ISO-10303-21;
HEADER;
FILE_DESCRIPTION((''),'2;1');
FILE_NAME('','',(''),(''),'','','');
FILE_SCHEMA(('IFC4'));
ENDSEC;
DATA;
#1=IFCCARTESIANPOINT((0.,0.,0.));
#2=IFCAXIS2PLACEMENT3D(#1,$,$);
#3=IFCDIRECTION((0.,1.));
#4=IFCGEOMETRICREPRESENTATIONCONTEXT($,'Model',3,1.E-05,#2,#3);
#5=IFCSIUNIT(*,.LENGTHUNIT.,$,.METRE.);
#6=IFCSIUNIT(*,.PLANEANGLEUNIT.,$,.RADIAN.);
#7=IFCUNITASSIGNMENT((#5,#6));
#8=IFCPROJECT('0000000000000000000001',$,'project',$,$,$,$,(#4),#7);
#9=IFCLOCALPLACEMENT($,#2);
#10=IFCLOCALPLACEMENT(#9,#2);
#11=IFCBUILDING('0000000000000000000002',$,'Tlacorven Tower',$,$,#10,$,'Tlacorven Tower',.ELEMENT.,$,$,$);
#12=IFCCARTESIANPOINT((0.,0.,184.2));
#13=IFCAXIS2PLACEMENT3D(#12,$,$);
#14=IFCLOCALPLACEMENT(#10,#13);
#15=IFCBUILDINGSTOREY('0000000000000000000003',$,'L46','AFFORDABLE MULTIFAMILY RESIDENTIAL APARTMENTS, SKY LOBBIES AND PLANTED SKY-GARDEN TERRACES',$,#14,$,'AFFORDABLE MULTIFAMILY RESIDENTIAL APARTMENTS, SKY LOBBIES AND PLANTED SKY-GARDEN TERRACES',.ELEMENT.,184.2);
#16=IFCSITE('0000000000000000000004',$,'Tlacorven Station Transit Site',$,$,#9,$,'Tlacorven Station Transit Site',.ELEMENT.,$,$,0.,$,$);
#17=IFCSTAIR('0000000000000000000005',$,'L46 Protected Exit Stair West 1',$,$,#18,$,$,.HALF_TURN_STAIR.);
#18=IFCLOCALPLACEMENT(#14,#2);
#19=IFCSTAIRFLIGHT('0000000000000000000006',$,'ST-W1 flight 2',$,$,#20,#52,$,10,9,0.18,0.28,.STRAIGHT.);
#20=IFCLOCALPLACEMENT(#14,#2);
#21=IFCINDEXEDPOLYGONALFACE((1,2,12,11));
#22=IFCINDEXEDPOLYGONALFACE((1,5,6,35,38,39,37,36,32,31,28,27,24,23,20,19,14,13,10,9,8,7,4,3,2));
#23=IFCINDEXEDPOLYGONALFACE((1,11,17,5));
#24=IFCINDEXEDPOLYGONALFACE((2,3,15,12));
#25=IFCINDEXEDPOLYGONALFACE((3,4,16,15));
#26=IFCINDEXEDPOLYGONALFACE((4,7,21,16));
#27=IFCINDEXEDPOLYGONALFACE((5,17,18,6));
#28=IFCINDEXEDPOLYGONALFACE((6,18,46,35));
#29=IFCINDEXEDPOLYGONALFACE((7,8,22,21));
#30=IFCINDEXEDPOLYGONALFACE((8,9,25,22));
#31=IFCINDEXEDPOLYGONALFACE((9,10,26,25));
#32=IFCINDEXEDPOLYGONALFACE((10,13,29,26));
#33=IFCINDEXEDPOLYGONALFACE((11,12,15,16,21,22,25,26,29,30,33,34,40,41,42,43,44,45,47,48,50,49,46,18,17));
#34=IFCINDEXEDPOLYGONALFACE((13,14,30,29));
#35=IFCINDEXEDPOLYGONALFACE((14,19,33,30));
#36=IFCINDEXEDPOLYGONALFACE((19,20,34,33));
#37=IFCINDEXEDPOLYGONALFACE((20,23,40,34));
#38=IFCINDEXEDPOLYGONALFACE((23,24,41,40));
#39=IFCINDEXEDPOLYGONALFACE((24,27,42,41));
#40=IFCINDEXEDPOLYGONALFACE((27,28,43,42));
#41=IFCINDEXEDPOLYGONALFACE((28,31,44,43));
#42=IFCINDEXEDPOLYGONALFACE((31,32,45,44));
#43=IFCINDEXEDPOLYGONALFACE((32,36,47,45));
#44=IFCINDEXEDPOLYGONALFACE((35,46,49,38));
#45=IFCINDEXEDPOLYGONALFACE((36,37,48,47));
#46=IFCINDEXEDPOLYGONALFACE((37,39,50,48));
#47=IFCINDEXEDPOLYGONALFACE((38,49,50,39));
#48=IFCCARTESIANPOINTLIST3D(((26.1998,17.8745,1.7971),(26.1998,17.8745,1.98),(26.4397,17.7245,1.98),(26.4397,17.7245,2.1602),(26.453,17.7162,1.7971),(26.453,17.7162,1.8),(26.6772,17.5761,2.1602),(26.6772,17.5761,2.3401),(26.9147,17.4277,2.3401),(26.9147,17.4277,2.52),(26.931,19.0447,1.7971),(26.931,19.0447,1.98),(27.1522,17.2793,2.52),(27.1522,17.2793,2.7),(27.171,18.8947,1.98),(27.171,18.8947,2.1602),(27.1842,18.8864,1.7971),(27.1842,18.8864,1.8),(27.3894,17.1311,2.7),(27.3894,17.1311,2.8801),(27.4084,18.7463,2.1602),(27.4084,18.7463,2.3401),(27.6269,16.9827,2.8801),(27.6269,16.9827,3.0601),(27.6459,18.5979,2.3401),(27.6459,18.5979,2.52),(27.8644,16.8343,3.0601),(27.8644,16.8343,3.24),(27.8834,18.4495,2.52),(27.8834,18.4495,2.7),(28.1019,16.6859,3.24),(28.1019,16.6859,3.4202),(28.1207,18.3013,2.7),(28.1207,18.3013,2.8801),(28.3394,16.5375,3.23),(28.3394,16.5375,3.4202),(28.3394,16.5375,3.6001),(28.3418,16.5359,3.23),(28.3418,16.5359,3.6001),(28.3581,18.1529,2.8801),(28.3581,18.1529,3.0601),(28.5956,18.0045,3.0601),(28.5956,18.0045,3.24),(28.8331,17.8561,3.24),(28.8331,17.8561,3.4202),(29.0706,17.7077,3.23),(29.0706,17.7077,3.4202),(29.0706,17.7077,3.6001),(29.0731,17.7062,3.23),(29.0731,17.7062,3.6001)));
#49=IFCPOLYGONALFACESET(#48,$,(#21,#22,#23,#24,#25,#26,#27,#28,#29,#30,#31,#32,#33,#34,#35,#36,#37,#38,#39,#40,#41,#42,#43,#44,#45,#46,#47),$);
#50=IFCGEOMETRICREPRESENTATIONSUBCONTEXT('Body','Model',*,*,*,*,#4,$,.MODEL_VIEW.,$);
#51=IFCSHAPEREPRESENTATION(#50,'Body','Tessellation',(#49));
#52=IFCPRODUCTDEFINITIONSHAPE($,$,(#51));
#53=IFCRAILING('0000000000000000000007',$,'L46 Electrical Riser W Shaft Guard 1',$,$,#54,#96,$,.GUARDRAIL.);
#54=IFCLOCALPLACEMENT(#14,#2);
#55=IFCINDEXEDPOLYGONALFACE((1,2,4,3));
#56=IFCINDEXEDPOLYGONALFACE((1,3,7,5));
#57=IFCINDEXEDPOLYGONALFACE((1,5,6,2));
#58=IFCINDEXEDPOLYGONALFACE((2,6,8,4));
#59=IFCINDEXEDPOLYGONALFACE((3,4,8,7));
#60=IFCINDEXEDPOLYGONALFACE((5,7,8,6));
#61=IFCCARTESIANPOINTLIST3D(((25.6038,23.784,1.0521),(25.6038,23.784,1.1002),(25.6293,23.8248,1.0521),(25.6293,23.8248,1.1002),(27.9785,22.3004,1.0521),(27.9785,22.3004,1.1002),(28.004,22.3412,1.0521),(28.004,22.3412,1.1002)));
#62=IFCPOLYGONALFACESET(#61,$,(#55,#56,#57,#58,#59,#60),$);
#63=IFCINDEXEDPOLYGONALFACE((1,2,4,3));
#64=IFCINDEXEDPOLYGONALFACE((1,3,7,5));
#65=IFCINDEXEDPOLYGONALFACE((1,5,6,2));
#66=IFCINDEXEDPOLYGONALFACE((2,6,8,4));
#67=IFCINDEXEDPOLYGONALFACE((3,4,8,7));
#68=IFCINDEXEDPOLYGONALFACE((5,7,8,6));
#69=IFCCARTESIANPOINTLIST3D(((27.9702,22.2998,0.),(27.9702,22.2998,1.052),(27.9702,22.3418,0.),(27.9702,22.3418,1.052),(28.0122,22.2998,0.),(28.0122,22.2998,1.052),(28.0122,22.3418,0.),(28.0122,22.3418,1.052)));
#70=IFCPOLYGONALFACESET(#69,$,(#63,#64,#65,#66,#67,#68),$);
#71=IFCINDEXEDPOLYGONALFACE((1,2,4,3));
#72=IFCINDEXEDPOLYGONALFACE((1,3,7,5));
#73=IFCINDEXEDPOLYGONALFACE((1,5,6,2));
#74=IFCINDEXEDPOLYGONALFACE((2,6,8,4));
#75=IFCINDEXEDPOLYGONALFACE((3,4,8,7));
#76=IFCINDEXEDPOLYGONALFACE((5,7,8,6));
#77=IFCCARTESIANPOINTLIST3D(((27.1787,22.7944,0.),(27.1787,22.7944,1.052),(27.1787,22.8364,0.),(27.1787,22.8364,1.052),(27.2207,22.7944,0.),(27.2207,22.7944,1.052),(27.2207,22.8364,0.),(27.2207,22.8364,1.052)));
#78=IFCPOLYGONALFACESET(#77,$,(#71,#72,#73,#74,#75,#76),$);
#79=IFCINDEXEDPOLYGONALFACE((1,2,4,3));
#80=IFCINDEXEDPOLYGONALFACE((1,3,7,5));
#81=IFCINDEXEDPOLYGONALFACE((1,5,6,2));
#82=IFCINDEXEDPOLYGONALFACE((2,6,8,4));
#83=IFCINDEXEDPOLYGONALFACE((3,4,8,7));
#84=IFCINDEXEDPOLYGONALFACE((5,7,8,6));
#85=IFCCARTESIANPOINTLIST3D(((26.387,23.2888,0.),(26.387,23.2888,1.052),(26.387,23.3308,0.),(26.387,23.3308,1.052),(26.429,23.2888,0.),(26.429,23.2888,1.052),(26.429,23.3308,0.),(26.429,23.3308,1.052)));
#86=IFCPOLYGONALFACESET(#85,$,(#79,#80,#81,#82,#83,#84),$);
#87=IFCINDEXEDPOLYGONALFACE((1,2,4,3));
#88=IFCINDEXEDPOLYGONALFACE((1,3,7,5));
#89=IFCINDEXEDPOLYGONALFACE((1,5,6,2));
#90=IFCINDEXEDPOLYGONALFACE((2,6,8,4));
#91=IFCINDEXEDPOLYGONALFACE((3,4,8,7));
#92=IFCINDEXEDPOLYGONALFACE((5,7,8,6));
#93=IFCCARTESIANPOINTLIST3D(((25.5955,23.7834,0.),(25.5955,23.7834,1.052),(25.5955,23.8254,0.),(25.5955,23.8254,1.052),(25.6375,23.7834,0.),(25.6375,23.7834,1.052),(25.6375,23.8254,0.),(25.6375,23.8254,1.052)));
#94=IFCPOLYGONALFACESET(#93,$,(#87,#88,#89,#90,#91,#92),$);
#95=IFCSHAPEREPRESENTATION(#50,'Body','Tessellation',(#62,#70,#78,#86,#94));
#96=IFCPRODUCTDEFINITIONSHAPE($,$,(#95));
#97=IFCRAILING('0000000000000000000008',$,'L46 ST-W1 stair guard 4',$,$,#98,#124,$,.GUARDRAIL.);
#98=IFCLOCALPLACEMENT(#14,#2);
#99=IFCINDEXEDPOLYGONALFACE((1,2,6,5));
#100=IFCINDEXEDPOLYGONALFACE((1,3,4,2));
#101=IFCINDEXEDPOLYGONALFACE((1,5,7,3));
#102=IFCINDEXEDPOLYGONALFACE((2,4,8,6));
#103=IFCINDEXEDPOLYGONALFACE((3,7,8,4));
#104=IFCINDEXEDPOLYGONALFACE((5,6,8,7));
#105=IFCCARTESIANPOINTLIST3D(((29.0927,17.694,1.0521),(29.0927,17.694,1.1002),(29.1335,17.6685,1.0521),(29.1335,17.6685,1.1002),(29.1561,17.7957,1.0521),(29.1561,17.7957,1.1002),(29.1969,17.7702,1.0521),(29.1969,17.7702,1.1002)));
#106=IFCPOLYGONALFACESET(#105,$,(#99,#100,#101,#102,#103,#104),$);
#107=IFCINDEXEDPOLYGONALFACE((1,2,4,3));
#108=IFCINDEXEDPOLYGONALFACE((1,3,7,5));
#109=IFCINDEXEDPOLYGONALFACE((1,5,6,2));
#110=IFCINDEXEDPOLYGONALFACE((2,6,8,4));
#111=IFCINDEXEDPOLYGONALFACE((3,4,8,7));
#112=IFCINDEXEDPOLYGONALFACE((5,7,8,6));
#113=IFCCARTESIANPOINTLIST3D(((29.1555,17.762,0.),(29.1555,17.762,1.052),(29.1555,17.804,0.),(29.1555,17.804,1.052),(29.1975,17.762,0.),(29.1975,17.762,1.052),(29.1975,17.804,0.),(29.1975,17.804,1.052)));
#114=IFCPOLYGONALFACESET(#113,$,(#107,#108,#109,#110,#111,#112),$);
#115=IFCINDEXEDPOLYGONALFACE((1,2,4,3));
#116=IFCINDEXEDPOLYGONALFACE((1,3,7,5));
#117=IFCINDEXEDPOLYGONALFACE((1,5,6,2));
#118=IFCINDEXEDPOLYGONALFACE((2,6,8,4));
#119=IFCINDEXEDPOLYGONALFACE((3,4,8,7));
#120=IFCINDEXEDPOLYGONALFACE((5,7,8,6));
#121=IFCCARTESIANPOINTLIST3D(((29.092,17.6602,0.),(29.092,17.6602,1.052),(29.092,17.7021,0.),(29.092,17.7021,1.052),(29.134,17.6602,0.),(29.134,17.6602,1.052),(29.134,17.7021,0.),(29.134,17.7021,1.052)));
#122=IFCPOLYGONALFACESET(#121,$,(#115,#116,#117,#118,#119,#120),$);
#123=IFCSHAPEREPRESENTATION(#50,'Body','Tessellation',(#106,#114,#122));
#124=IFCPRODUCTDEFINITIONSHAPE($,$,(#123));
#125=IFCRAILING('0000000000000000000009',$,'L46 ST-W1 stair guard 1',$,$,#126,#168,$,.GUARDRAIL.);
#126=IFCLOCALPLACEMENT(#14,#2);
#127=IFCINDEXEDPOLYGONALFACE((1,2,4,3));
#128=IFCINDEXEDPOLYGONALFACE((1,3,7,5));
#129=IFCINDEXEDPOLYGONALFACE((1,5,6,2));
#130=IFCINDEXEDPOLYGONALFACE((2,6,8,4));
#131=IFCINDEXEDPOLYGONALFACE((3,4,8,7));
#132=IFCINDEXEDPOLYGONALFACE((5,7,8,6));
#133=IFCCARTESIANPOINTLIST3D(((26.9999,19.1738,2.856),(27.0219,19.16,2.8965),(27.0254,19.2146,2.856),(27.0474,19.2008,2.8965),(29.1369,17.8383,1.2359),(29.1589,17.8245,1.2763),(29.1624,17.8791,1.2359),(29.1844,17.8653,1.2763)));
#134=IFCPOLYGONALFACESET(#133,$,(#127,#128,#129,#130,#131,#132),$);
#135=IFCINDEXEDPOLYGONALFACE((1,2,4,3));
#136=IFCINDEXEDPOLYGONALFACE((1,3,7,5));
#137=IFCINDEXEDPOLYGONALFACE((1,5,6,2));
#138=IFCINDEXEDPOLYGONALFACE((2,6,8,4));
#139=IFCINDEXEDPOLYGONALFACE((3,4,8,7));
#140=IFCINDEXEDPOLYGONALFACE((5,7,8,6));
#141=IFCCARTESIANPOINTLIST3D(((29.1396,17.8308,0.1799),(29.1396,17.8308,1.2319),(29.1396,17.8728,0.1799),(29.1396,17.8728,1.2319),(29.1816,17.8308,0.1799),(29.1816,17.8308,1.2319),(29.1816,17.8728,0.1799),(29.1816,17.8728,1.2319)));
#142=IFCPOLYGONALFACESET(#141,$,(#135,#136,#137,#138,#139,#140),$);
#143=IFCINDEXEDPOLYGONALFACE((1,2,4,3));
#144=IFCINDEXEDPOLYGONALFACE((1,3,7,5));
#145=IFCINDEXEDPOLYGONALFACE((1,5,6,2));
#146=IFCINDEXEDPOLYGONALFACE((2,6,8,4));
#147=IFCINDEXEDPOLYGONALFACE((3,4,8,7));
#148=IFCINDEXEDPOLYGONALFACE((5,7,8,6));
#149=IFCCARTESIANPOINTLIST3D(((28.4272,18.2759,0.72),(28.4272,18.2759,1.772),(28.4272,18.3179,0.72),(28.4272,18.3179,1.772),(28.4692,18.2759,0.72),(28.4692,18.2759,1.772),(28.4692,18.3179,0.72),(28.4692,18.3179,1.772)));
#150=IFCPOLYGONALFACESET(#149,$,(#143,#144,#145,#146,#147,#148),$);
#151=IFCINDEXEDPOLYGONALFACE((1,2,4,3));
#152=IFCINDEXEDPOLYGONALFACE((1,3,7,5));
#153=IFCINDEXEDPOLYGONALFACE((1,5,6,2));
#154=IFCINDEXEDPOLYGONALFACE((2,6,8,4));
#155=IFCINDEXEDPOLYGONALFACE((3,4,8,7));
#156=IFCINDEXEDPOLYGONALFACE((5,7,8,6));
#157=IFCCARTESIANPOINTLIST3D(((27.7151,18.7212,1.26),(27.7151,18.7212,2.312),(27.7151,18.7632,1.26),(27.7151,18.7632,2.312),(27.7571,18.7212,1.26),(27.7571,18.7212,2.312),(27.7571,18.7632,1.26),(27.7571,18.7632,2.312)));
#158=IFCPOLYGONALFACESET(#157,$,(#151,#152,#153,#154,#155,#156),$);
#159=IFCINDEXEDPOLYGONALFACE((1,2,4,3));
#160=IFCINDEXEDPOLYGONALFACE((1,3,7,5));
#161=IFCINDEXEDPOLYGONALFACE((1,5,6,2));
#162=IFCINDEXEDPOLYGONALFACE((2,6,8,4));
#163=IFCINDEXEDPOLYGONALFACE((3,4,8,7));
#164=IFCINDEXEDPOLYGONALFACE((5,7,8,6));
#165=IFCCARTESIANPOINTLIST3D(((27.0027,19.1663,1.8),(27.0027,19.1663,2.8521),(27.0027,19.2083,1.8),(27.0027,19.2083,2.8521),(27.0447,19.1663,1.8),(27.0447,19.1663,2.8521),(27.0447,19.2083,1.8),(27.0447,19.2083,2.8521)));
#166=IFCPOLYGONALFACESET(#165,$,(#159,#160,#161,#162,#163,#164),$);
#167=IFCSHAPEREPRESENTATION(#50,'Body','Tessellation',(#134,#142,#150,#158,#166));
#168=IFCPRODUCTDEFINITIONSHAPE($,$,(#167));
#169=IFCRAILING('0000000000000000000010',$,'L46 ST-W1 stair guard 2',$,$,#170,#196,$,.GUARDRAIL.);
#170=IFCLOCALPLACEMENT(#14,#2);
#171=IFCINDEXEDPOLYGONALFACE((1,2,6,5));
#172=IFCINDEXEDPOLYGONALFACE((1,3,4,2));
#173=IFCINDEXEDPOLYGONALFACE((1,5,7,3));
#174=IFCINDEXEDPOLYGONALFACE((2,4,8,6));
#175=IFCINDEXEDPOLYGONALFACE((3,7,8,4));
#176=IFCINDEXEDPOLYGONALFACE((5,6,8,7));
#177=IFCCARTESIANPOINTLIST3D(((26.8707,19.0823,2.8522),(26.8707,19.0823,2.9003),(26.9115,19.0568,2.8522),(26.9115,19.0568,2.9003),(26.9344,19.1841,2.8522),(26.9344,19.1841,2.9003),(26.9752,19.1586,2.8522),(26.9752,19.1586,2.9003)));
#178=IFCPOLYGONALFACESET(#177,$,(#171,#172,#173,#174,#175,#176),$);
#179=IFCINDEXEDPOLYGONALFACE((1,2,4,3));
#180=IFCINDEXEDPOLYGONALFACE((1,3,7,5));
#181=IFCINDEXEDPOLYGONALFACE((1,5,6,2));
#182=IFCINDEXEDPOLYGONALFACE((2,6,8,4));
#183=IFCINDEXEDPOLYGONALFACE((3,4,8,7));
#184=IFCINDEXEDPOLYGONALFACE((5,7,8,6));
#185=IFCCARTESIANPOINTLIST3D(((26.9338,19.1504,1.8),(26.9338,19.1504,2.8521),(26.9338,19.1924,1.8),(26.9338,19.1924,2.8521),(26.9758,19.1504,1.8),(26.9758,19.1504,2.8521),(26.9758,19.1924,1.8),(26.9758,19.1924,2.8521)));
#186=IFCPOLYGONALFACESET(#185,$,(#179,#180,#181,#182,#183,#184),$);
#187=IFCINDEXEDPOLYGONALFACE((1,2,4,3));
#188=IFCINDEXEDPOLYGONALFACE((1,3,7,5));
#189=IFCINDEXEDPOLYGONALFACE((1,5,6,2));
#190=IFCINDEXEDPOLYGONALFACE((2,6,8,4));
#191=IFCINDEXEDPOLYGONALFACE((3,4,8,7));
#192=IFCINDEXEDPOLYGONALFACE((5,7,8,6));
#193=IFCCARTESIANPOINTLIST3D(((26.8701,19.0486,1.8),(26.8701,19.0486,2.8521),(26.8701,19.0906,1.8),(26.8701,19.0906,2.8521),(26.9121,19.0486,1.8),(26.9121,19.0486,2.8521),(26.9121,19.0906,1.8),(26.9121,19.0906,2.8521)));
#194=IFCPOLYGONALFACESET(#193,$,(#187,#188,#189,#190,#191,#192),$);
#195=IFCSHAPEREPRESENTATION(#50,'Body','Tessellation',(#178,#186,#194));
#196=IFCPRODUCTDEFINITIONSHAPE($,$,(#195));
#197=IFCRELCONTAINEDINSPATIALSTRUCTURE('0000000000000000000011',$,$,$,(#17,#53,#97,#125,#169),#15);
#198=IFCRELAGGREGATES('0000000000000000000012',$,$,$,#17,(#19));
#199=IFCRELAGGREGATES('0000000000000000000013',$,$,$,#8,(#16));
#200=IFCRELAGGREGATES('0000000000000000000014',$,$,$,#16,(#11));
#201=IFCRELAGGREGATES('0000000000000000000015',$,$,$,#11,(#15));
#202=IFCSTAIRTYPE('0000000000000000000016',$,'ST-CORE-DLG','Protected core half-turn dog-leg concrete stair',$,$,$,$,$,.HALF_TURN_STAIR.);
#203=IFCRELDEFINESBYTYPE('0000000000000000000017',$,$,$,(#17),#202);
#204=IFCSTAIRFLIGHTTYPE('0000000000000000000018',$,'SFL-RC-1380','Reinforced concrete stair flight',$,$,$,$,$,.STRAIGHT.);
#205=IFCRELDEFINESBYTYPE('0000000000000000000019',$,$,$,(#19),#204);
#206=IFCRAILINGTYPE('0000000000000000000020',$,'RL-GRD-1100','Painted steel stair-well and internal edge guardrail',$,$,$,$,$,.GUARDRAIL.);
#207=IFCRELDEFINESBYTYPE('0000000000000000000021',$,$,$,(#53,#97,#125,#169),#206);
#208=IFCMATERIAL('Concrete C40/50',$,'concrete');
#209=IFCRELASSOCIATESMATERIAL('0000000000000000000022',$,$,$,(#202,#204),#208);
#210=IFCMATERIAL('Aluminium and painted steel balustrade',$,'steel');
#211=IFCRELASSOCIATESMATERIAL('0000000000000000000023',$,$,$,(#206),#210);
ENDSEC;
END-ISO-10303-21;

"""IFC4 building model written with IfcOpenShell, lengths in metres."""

from ifc_helpers import new_model, si_unit, direction, frame, origin, origin_2d, place, context, subcontext, project, spatial, polyline, rectangle, outline, extrude, source, transform, mapped, material, type_object, element, aggregate, save


model = new_model("IFC4")

# Units and contexts
model_context = context("Model", 3, precision=1e-05, world=origin(), true_north=direction((0.0, 1.0)))
body_context = subcontext(model_context, "Body", "Model", "MODEL_VIEW")
ifc_project = project(units=[si_unit("LENGTHUNIT", "METRE"), si_unit("PLANEANGLEUNIT", "RADIAN")], contexts=[model_context])

# Site, building, storey
site_placement = place(None, origin())
site = spatial("IfcSite", under=ifc_project, at=site_placement, Name="Tlacorven Station Transit Site", LongName="Tlacorven Station Transit Site", CompositionType="ELEMENT", RefElevation=0.0)
building_placement = place(site_placement, origin())
building = spatial("IfcBuilding", under=site, at=building_placement, Name="Tlacorven Tower", LongName="Tlacorven Tower", CompositionType="ELEMENT")
storey_placement = place(building_placement, frame((0.0, 0.0, 184.2)))
storey = spatial("IfcBuildingStorey", under=building, at=storey_placement, Name="L46", Description="AFFORDABLE MULTIFAMILY RESIDENTIAL APARTMENTS, SKY LOBBIES AND PLANTED SKY-GARDEN TERRACES", LongName="AFFORDABLE MULTIFAMILY RESIDENTIAL APARTMENTS, SKY LOBBIES AND PLANTED SKY-GARDEN TERRACES", CompositionType="ELEMENT", Elevation=184.2)

# Shared definitions
ifc_material_1 = material(Name="Concrete C40/50", Category="concrete")

# Stair, stair flight
stair_type = type_object("IfcStairType", Name="ST-CORE-DLG", Description="Protected core half-turn dog-leg concrete stair", PredefinedType="HALF_TURN_STAIR", material=ifc_material_1)
stair_placement = place(storey_placement, origin())
stair = element("IfcStair", 1, at=stair_placement, inside=storey, type_object=stair_type, Name="L46 Protected Exit Stair West 1", PredefinedType="HALF_TURN_STAIR")
stair_flight_type = type_object("IfcStairFlightType", Name="SFL-RC-1380", Description="Reinforced concrete stair flight", PredefinedType="STRAIGHT", material=ifc_material_1)
shared_shape_1 = source(origin(), body_context, "Body", "SweptSolid", [
    extrude(outline(polyline([(-0.0029, -0.0029), (-0.0029, 0.1799), (0.28, 0.1799), (0.28, 0.3601), (0.5601, 0.3601), (0.5601, 0.54), (0.8401, 0.54), (0.8401, 0.72), (1.1201, 0.72), (1.1201, 0.8999), (1.3999, 0.8999), (1.3999, 1.0801), (1.6799, 1.0801), (1.6799, 1.26), (1.96, 1.26), (1.96, 1.4399), (2.24, 1.4399), (2.24, 1.6201), (2.52, 1.6201), (2.52, 1.8), (2.5229, 1.8), (2.5229, 1.4299), (2.52, 1.4299), (0.2957, 0.0), (0.2957, -0.0029), (-0.0029, -0.0029)])), frame((0.0, 0.6899, 0.0), z_axis=(0.0, -1.0, 0.0), x_axis=(1.0, 0.0, 0.0)), (0.0, 0.0, 1.0), 1.3799),
])
stair_flight_1_placement = place(storey_placement, frame((26.5679, 18.458, 1.8), z_axis=(0.0, 0.0, 1.0), x_axis=(0.848048, -0.529919, 0.0)))
stair_flight_1 = element("IfcStairFlight", 2, at=stair_flight_1_placement, type_object=stair_flight_type, Name="ST-W1 flight 2", NumberOfRisers=10, NumberOfTreads=9, PredefinedType="STRAIGHT", RiserHeight=0.18, TreadLength=0.28, context=body_context, shape_type="MappedRepresentation", body=[
    mapped(shared_shape_1, transform((0.0, 0.0, 0.0), scale=1.0)),
])
aggregate(stair, [stair_flight_1])

# Railings
ifc_material_2 = material(Name="Aluminium and painted steel balustrade", Category="steel")
railing_type_1 = type_object("IfcRailingType", Name="RL-GRD-1100", Description="Painted steel stair-well and internal edge guardrail", PredefinedType="GUARDRAIL", material=ifc_material_2)
shared_shape_2 = source(origin(), body_context, "Body", "SweptSolid", [
    extrude(rectangle(XDim=0.0481, YDim=0.0481, at=origin_2d()), frame((0.0, 0.0, 1.0762), z_axis=(-0.848091, 0.52985, 0.0), x_axis=(-0.52985, -0.848091, 0.0)), (0.0, 0.0, 1.0), 2.8),
    extrude(rectangle(XDim=0.042, YDim=0.042, at=origin_2d()), origin(), (0.0, 0.0, 1.0), 1.052),
    extrude(rectangle(XDim=0.042, YDim=0.042, at=origin_2d()), frame((-0.7915, 0.4946, 0.0)), (0.0, 0.0, 1.0), 1.052),
    extrude(rectangle(XDim=0.042, YDim=0.042, at=origin_2d()), frame((-1.5833, 0.989, 0.0)), (0.0, 0.0, 1.0), 1.052),
    extrude(rectangle(XDim=0.042, YDim=0.042, at=origin_2d()), frame((-2.3748, 1.4836, 0.0)), (0.0, 0.0, 1.0), 1.052),
])
railing_1_placement = place(storey_placement, frame((27.9912, 22.3208, 0.0)))
element("IfcRailing", 3, at=railing_1_placement, inside=storey, type_object=railing_type_1, Name="L46 Electrical Riser W Shaft Guard 1", PredefinedType="GUARDRAIL", context=body_context, shape_type="MappedRepresentation", body=[
    mapped(shared_shape_2, transform((0.0, 0.0, 0.0), scale=1.0)),
])
shared_shape_3 = source(origin(), body_context, "Body", "SweptSolid", [
    extrude(rectangle(XDim=0.0481, YDim=0.0481, at=origin_2d()), frame((0.0, 0.0, 1.0762), z_axis=(-0.529084, -0.848569, 0.0), x_axis=(0.848569, -0.529084, 0.0)), (0.0, 0.0, 1.0), 0.1199),
    extrude(rectangle(XDim=0.042, YDim=0.042, at=origin_2d()), origin(), (0.0, 0.0, 1.0), 1.052),
    extrude(rectangle(XDim=0.042, YDim=0.042, at=origin_2d()), frame((-0.0635, -0.1018, 0.0)), (0.0, 0.0, 1.0), 1.052),
])
railing_2_placement = place(storey_placement, frame((29.1765, 17.783, 0.0)))
element("IfcRailing", 4, at=railing_2_placement, inside=storey, type_object=railing_type_1, Name="L46 ST-W1 stair guard 4", PredefinedType="GUARDRAIL", context=body_context, shape_type="MappedRepresentation", body=[
    mapped(shared_shape_3, transform((0.0, 0.0, 0.0), scale=1.0)),
])
shared_shape_4 = source(origin(), body_context, "Body", "SweptSolid", [
    extrude(rectangle(XDim=0.0481, YDim=0.0481, at=origin_2d()), frame((0.0, 0.0, 1.0762), z_axis=(-0.71332, 0.445774, 0.540796), x_axis=(-0.529955, -0.848026, 0.0)), (0.0, 0.0, 1.0), 2.9958),
    extrude(rectangle(XDim=0.042, YDim=0.042, at=origin_2d()), origin(), (0.0, 0.0, 1.0), 1.052),
    extrude(rectangle(XDim=0.042, YDim=0.042, at=origin_2d()), frame((-0.7124, 0.4451, 0.54)), (0.0, 0.0, 1.0), 1.052),
    extrude(rectangle(XDim=0.042, YDim=0.042, at=origin_2d()), frame((-1.4246, 0.8904, 1.0801)), (0.0, 0.0, 1.0), 1.052),
    extrude(rectangle(XDim=0.042, YDim=0.042, at=origin_2d()), frame((-2.137, 1.3354, 1.6201)), (0.0, 0.0, 1.0), 1.052),
])
railing_3_placement = place(storey_placement, frame((29.1606, 17.8518, 0.1799)))
element("IfcRailing", 5, at=railing_3_placement, inside=storey, type_object=railing_type_1, Name="L46 ST-W1 stair guard 1", PredefinedType="GUARDRAIL", context=body_context, shape_type="MappedRepresentation", body=[
    mapped(shared_shape_4, transform((0.0, 0.0, 0.0), scale=1.0)),
])
shared_shape_5 = source(origin(), body_context, "Body", "SweptSolid", [
    extrude(rectangle(XDim=0.0481, YDim=0.0481, at=origin_2d()), frame((0.0, 0.0, 1.0762), z_axis=(-0.530547, -0.847656, 0.0), x_axis=(0.847656, -0.530547, 0.0)), (0.0, 0.0, 1.0), 0.1201),
    extrude(rectangle(XDim=0.042, YDim=0.042, at=origin_2d()), origin(), (0.0, 0.0, 1.0), 1.052),
    extrude(rectangle(XDim=0.042, YDim=0.042, at=origin_2d()), frame((-0.0637, -0.1018, 0.0)), (0.0, 0.0, 1.0), 1.052),
])
railing_4_placement = place(storey_placement, frame((26.9548, 19.1714, 1.8)))
element("IfcRailing", 6, at=railing_4_placement, inside=storey, type_object=railing_type_1, Name="L46 ST-W1 stair guard 2", PredefinedType="GUARDRAIL", context=body_context, shape_type="MappedRepresentation", body=[
    mapped(shared_shape_5, transform((0.0, 0.0, 0.0), scale=1.0)),
])

save(model, "model.ifc")
